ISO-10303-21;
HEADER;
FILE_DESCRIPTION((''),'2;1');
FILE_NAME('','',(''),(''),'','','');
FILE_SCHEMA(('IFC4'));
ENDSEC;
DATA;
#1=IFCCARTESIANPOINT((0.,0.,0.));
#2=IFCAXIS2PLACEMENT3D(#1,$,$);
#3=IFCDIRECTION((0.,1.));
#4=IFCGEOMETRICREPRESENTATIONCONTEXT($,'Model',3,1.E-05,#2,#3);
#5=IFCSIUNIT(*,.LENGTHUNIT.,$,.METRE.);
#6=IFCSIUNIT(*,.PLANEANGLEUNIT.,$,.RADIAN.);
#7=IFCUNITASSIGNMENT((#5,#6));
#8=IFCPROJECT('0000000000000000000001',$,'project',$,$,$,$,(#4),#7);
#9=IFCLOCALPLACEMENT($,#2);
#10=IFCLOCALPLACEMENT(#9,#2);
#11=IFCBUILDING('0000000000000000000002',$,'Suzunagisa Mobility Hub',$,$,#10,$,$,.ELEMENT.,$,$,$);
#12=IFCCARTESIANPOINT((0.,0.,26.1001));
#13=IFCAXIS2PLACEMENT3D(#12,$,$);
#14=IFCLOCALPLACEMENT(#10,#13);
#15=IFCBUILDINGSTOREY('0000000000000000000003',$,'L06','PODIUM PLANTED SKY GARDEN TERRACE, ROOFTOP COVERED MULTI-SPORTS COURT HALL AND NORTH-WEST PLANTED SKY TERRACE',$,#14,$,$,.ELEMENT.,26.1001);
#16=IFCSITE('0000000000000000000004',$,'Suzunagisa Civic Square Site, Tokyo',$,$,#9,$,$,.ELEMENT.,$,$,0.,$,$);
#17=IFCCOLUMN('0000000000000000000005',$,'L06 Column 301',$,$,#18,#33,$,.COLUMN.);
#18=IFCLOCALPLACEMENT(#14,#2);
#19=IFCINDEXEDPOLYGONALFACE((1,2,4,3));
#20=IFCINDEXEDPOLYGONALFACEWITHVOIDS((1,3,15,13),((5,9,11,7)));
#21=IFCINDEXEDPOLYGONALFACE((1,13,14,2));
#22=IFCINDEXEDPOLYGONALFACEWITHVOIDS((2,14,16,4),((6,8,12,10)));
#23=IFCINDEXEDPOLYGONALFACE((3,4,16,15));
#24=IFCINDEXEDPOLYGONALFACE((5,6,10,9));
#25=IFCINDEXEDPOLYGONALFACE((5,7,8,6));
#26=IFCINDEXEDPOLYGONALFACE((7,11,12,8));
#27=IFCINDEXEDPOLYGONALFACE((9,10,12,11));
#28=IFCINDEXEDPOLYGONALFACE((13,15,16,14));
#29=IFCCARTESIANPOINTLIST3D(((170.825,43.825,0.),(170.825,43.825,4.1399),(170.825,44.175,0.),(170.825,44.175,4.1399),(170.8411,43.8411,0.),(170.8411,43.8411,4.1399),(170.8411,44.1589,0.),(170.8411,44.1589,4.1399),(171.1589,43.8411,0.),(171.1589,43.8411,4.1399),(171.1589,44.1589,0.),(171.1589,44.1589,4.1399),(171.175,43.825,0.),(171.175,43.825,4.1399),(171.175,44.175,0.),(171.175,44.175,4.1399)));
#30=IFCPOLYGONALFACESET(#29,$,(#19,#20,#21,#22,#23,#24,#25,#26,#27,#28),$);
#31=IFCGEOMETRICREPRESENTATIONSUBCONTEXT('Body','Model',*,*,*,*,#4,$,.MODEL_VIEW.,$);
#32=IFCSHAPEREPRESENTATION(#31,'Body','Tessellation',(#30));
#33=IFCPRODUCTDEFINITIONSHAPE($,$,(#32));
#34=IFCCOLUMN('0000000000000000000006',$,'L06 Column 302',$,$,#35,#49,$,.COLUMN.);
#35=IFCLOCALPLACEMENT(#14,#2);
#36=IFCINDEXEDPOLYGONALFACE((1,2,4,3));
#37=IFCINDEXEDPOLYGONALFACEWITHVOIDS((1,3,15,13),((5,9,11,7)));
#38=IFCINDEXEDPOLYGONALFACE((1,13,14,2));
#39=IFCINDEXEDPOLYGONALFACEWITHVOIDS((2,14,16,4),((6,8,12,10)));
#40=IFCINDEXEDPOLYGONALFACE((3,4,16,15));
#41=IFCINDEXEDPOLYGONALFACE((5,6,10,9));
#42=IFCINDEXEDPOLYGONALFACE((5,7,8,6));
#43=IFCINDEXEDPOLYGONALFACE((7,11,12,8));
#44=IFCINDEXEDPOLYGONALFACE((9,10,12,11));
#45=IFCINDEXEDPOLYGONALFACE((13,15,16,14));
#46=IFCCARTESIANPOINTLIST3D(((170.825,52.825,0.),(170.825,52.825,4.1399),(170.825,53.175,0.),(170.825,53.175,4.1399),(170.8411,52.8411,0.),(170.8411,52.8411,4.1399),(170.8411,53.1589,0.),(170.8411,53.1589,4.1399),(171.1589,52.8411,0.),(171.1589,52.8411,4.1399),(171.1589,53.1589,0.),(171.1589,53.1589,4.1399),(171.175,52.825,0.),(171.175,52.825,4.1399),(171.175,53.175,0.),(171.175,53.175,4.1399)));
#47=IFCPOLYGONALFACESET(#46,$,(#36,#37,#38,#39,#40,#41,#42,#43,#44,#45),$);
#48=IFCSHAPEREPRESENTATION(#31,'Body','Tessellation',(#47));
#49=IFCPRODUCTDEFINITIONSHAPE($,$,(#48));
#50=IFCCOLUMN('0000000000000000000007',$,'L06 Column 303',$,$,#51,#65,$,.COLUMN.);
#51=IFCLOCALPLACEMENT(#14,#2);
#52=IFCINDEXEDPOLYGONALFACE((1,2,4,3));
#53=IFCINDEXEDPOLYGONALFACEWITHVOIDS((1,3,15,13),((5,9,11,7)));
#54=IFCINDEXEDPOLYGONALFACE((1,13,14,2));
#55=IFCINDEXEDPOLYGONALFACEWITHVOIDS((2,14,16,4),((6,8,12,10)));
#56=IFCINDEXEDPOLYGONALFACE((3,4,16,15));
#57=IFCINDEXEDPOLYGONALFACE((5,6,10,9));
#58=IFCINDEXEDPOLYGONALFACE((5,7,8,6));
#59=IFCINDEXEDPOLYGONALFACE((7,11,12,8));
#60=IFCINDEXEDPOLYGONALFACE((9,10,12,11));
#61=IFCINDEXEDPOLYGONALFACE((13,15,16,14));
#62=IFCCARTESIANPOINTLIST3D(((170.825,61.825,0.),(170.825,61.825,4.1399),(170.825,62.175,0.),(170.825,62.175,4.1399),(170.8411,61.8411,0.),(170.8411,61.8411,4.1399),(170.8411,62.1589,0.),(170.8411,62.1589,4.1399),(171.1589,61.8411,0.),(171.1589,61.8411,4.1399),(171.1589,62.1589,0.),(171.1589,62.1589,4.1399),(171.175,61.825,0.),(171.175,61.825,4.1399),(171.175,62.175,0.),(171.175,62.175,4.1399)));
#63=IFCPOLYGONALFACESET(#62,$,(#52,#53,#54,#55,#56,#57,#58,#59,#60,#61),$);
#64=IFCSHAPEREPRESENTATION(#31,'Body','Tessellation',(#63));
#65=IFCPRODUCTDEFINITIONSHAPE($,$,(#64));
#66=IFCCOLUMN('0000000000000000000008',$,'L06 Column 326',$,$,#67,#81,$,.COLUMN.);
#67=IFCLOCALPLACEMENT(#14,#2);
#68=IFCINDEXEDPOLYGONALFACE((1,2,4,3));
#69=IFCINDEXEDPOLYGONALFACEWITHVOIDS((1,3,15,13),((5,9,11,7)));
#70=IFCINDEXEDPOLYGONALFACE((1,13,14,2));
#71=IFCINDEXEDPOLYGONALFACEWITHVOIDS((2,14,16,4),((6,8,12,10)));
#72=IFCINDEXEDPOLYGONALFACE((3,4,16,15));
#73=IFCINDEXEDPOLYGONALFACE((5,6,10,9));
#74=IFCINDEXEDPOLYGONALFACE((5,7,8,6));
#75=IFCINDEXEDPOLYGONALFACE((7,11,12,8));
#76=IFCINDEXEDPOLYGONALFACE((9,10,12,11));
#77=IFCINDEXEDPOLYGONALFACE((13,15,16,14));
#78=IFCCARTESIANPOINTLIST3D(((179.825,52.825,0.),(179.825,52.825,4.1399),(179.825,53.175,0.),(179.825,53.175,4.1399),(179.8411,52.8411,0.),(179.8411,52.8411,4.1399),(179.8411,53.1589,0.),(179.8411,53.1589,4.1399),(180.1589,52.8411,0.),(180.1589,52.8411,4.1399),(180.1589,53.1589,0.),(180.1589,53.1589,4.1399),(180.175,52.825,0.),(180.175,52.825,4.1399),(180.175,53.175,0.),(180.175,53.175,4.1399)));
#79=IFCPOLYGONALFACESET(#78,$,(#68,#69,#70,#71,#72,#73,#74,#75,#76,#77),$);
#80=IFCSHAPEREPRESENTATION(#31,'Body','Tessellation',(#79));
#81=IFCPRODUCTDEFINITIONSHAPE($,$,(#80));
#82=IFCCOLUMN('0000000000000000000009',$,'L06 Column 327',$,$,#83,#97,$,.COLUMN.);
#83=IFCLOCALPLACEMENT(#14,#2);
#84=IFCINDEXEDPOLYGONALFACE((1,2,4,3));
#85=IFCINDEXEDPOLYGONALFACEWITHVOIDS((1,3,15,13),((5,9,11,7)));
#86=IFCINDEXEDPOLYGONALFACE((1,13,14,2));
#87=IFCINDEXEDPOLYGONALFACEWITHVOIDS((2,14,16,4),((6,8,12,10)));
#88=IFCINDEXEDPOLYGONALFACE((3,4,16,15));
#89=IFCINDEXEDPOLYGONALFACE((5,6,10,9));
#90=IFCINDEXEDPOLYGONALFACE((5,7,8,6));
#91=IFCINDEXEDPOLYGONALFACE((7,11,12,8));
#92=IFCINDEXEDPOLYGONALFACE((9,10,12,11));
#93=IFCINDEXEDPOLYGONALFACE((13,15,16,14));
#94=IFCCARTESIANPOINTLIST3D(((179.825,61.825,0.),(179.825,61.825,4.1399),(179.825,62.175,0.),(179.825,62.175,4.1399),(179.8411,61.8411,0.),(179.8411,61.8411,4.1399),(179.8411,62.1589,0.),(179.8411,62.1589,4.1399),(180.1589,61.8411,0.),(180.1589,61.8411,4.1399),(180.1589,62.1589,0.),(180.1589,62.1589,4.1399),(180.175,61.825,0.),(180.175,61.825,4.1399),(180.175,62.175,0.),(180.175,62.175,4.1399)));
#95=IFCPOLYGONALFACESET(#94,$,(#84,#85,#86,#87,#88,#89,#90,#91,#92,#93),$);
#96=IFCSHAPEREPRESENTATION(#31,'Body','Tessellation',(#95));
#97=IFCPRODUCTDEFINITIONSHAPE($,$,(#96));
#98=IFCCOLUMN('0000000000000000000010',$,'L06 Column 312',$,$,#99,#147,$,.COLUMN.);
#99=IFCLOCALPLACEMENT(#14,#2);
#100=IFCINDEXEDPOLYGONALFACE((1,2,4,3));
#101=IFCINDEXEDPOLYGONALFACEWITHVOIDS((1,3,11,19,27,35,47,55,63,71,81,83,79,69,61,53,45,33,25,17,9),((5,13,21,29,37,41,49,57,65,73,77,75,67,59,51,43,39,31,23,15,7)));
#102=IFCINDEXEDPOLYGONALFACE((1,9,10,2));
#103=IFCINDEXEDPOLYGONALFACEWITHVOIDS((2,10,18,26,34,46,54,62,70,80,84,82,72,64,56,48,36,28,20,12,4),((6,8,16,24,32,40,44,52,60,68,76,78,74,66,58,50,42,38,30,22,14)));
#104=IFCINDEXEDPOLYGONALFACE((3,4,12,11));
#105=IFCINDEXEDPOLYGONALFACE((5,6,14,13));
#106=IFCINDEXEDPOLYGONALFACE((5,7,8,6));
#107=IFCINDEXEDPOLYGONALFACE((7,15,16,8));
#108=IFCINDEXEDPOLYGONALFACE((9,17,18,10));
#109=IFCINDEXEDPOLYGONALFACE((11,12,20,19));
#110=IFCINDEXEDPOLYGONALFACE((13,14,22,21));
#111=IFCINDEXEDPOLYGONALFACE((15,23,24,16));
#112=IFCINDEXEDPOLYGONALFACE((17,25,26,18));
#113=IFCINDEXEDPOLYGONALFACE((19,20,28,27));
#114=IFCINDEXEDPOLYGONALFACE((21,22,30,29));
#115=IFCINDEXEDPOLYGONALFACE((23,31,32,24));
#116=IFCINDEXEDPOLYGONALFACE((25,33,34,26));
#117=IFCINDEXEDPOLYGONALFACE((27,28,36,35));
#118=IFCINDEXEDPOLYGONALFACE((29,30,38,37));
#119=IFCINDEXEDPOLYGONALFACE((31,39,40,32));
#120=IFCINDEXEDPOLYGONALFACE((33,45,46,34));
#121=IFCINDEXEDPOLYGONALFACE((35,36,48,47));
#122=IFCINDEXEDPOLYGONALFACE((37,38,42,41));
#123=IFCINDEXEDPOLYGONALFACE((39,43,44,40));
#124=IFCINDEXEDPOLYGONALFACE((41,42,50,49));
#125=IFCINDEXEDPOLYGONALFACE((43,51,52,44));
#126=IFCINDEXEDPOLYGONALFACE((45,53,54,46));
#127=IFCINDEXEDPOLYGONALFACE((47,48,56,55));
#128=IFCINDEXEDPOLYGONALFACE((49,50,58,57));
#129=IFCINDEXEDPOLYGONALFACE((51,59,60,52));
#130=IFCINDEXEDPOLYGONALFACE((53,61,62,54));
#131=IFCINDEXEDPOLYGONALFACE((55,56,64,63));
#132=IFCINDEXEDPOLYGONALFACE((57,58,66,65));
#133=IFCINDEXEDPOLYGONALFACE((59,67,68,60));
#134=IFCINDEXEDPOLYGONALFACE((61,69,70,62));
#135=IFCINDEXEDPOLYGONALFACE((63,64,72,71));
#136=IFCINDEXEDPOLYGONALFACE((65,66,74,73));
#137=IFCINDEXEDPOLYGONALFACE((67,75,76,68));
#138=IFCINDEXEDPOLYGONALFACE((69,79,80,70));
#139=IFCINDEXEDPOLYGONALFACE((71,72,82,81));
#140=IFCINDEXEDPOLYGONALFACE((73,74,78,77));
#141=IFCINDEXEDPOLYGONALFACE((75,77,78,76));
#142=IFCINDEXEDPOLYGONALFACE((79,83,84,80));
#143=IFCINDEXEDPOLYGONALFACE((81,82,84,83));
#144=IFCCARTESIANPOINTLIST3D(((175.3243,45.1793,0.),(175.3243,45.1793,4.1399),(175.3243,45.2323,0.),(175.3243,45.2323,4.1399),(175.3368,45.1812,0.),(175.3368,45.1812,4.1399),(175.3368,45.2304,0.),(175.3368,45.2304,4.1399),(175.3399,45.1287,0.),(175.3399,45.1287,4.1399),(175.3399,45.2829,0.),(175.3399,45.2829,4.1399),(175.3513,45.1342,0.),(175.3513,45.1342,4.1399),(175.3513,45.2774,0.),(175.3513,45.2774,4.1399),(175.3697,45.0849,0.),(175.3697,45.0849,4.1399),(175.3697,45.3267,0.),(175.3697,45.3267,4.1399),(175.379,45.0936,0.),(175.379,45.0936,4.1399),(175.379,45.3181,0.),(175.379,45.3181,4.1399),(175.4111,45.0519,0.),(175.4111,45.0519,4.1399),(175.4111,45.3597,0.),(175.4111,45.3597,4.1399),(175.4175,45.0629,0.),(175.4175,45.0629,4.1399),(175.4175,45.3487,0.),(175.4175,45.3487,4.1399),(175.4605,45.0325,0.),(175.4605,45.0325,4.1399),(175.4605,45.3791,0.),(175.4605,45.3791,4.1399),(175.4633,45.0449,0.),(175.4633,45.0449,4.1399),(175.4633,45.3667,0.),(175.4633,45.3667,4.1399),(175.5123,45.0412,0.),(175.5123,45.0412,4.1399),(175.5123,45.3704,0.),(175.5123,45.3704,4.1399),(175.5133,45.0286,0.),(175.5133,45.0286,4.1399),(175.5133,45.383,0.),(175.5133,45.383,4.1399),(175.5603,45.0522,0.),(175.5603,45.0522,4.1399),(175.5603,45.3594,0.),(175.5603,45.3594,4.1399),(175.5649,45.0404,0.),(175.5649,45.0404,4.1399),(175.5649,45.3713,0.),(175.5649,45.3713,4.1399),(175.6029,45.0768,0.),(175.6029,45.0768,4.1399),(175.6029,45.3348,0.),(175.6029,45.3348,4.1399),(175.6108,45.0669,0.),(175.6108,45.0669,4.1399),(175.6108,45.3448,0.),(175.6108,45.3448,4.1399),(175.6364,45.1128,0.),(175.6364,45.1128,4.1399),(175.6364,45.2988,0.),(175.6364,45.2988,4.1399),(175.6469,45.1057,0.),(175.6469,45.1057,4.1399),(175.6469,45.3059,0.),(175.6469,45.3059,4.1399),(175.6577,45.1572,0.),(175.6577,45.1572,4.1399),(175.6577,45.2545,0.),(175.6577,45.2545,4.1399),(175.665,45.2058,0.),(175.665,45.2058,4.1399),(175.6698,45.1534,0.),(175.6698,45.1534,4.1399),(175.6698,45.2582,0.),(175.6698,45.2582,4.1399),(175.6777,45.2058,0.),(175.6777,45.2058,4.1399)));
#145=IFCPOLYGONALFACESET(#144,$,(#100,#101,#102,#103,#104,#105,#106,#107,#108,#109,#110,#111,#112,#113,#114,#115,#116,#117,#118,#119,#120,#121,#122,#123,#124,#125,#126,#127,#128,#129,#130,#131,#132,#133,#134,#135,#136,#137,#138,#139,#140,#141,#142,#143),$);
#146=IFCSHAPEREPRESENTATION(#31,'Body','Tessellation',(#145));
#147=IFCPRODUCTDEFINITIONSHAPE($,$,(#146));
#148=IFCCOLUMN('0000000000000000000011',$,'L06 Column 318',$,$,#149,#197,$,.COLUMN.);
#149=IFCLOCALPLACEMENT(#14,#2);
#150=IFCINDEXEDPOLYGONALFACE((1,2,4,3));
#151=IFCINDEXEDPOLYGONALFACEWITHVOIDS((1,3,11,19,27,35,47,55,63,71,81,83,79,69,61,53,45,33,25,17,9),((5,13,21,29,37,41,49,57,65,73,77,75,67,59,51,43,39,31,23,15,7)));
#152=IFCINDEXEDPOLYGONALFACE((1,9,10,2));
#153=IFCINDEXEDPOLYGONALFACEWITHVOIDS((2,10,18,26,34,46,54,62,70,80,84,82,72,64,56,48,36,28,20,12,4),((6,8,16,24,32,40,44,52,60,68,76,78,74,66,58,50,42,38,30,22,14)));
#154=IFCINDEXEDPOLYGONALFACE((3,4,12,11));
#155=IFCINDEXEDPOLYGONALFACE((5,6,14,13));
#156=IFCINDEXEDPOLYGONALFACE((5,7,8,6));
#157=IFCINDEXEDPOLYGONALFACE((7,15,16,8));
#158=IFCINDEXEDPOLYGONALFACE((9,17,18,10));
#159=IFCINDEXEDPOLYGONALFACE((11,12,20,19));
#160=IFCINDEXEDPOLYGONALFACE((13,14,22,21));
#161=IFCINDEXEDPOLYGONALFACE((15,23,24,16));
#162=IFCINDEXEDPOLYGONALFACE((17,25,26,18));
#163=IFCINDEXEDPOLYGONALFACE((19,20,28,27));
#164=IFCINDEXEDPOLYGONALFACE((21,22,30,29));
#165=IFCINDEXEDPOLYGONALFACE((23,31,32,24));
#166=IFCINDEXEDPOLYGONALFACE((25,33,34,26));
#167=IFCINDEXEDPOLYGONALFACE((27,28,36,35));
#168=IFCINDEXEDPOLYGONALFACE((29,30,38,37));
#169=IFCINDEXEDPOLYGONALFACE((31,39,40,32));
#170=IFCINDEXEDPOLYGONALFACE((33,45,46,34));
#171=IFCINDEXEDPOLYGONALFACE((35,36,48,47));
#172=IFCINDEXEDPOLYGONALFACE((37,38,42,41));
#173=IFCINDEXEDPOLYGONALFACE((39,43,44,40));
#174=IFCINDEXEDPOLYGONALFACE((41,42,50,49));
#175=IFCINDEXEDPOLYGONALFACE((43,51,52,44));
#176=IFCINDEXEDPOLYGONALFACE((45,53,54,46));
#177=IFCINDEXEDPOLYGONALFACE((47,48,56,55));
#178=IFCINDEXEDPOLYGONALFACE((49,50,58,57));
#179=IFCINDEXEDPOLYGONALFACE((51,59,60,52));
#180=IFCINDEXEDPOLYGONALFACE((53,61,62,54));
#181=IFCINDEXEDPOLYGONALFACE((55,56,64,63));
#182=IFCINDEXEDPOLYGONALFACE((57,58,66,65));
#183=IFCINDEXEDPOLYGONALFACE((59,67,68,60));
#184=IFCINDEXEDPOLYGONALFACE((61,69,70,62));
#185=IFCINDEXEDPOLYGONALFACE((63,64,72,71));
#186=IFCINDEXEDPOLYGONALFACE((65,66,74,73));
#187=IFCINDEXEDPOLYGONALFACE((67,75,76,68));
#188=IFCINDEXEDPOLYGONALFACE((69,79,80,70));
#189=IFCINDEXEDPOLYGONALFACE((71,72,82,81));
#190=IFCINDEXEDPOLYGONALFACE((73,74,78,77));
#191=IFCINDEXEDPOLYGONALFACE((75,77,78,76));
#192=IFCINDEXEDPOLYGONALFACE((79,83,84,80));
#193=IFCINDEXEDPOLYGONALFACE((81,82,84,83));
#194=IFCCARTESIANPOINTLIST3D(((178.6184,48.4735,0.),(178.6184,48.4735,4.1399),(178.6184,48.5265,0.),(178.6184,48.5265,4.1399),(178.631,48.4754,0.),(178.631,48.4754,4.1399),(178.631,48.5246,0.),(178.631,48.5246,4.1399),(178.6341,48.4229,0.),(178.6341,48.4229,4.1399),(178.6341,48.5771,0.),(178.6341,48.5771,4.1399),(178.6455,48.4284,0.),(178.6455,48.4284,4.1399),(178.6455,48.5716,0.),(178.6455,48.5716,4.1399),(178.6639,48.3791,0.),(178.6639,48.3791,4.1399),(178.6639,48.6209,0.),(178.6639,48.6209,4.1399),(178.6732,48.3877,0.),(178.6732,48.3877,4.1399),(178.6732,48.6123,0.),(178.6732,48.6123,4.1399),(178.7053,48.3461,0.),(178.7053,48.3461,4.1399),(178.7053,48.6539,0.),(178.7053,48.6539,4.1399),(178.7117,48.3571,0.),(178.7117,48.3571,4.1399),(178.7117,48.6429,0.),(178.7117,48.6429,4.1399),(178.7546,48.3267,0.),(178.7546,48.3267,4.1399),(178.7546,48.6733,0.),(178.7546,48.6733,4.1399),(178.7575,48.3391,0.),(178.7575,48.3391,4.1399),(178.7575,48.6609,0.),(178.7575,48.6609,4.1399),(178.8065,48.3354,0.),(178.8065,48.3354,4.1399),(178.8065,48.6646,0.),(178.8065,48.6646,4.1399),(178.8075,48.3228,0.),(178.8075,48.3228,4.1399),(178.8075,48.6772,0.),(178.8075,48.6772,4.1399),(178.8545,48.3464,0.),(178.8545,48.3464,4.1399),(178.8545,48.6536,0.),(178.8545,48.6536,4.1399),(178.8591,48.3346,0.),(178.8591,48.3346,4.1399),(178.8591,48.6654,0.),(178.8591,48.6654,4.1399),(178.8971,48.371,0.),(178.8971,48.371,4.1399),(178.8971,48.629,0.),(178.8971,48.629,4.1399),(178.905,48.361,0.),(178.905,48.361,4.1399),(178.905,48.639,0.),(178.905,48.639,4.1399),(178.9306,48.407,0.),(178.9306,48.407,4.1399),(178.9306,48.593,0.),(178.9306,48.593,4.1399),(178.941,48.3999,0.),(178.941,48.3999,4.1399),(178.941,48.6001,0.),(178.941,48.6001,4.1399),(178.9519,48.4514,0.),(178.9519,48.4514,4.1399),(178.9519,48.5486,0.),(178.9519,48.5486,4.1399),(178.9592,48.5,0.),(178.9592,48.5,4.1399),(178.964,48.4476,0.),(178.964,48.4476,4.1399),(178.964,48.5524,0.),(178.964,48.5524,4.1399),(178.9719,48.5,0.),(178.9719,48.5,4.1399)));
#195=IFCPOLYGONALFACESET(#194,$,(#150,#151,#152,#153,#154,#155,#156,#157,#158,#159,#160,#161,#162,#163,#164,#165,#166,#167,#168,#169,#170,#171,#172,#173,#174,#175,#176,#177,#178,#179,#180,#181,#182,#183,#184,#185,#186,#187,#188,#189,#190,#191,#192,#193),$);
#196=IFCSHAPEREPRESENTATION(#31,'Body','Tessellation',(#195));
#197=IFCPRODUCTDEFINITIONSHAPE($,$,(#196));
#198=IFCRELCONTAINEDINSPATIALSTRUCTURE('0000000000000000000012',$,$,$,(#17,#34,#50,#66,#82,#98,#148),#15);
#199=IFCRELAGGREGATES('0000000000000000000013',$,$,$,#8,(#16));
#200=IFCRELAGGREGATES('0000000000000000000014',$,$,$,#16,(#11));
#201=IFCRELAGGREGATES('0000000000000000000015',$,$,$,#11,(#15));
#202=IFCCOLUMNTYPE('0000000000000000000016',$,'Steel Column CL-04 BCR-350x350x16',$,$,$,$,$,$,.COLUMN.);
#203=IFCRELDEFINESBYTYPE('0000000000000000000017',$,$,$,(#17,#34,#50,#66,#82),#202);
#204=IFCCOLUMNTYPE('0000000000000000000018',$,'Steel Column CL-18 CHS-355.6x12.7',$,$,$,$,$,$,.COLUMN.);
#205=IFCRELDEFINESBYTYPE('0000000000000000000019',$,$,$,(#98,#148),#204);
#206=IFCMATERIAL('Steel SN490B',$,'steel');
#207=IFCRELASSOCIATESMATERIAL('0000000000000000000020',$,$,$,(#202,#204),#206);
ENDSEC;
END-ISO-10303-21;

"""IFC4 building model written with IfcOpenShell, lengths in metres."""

from ifc_helpers import new_model, si_unit, direction, frame, origin, origin_2d, place, context, subcontext, project, spatial, hollow_rectangle, hollow_circle, extrude, material, material_profile, profile_set, type_object, element, save


model = new_model("IFC4")

# Units and contexts
model_context = context("Model", 3, precision=1e-05, world=origin(), true_north=direction((0.0, 1.0)))
body_context = subcontext(model_context, "Body", "Model", "MODEL_VIEW")
ifc_project = project(units=[si_unit("LENGTHUNIT", "METRE"), si_unit("PLANEANGLEUNIT", "RADIAN")], contexts=[model_context])

# Site, building, storey
site_placement = place(None, origin())
site = spatial("IfcSite", under=ifc_project, at=site_placement, Name="Suzunagisa Civic Square Site, Tokyo", CompositionType="ELEMENT", RefElevation=0.0)
building_placement = place(site_placement, origin())
building = spatial("IfcBuilding", under=site, at=building_placement, Name="Suzunagisa Mobility Hub", CompositionType="ELEMENT")
storey_placement = place(building_placement, frame((0.0, 0.0, 26.1001)))
storey = spatial("IfcBuildingStorey", under=building, at=storey_placement, Name="L06", Description="PODIUM PLANTED SKY GARDEN TERRACE, ROOFTOP COVERED MULTI-SPORTS COURT HALL AND NORTH-WEST PLANTED SKY TERRACE", CompositionType="ELEMENT", Elevation=26.1001)

# Columns
ifc_material_1 = material(Name="Steel SN490B", Category="steel")
ifc_material_profile_1 = material_profile(ifc_material_1, hollow_rectangle(XDim=0.3501, YDim=0.3501, WallThickness=0.0161, at=origin_2d()), Name="BCR-350x350x16")
ifc_profile_set_1 = profile_set([ifc_material_profile_1], Name="Steel SN490B")
column_type_1 = type_object("IfcColumnType", Name="Steel Column CL-04 BCR-350x350x16", PredefinedType="COLUMN", material=ifc_profile_set_1)
for number, where, z_axis, x_axis, name in (
    (1, (171.0, 44.0, 0.0), (0.0, 0.0, 1.0), (1.0, 0.0, 0.0), "L06 Column 301"),
    (2, (171.0, 53.0, 0.0), (0.0, 0.0, 1.0), (1.0, 0.0, 0.0), "L06 Column 302"),
    (3, (171.0, 62.0, 0.0), (0.0, 0.0, 1.0), (1.0, 0.0, 0.0), "L06 Column 303"),
    (4, (180.0, 53.0, 0.0), (0.0, 0.0, 1.0), (1.0, 0.0, 0.0), "L06 Column 326"),
    (5, (180.0, 62.0, 0.0), (0.0, 0.0, 1.0), (1.0, 0.0, 0.0), "L06 Column 327"),
):
    element("IfcColumn", number, at=place(storey_placement, frame(where, z_axis=z_axis, x_axis=x_axis)), inside=storey, type_object=column_type_1, Name=name, PredefinedType="COLUMN", context=body_context, shape_type="SweptSolid", body=[
        extrude(hollow_rectangle(XDim=0.3501, YDim=0.3501, WallThickness=0.0161, at=origin_2d()), origin(), (0.0, 0.0, 1.0), 4.1399),
    ])
ifc_material_profile_2 = material_profile(ifc_material_1, hollow_circle(Radius=0.1777, WallThickness=0.0127, at=origin_2d()), Name="CHS-355.6x12.7")
ifc_profile_set_2 = profile_set([ifc_material_profile_2], Name="Steel SN490B")
column_type_2 = type_object("IfcColumnType", Name="Steel Column CL-18 CHS-355.6x12.7", PredefinedType="COLUMN", material=ifc_profile_set_2)
for number, where, z_axis, x_axis, name in (
    (6, (175.5, 45.2058, 0.0), (0.0, 0.0, 1.0), (1.0, 0.0, 0.0), "L06 Column 312"),
    (7, (178.7942, 48.5, 0.0), (0.0, 0.0, 1.0), (1.0, 0.0, 0.0), "L06 Column 318"),
):
    element("IfcColumn", number, at=place(storey_placement, frame(where, z_axis=z_axis, x_axis=x_axis)), inside=storey, type_object=column_type_2, Name=name, PredefinedType="COLUMN", context=body_context, shape_type="SweptSolid", body=[
        extrude(hollow_circle(Radius=0.1777, WallThickness=0.0127, at=origin_2d()), origin(), (0.0, 0.0, 1.0), 4.1399),
    ])

save(model, "model.ifc")
